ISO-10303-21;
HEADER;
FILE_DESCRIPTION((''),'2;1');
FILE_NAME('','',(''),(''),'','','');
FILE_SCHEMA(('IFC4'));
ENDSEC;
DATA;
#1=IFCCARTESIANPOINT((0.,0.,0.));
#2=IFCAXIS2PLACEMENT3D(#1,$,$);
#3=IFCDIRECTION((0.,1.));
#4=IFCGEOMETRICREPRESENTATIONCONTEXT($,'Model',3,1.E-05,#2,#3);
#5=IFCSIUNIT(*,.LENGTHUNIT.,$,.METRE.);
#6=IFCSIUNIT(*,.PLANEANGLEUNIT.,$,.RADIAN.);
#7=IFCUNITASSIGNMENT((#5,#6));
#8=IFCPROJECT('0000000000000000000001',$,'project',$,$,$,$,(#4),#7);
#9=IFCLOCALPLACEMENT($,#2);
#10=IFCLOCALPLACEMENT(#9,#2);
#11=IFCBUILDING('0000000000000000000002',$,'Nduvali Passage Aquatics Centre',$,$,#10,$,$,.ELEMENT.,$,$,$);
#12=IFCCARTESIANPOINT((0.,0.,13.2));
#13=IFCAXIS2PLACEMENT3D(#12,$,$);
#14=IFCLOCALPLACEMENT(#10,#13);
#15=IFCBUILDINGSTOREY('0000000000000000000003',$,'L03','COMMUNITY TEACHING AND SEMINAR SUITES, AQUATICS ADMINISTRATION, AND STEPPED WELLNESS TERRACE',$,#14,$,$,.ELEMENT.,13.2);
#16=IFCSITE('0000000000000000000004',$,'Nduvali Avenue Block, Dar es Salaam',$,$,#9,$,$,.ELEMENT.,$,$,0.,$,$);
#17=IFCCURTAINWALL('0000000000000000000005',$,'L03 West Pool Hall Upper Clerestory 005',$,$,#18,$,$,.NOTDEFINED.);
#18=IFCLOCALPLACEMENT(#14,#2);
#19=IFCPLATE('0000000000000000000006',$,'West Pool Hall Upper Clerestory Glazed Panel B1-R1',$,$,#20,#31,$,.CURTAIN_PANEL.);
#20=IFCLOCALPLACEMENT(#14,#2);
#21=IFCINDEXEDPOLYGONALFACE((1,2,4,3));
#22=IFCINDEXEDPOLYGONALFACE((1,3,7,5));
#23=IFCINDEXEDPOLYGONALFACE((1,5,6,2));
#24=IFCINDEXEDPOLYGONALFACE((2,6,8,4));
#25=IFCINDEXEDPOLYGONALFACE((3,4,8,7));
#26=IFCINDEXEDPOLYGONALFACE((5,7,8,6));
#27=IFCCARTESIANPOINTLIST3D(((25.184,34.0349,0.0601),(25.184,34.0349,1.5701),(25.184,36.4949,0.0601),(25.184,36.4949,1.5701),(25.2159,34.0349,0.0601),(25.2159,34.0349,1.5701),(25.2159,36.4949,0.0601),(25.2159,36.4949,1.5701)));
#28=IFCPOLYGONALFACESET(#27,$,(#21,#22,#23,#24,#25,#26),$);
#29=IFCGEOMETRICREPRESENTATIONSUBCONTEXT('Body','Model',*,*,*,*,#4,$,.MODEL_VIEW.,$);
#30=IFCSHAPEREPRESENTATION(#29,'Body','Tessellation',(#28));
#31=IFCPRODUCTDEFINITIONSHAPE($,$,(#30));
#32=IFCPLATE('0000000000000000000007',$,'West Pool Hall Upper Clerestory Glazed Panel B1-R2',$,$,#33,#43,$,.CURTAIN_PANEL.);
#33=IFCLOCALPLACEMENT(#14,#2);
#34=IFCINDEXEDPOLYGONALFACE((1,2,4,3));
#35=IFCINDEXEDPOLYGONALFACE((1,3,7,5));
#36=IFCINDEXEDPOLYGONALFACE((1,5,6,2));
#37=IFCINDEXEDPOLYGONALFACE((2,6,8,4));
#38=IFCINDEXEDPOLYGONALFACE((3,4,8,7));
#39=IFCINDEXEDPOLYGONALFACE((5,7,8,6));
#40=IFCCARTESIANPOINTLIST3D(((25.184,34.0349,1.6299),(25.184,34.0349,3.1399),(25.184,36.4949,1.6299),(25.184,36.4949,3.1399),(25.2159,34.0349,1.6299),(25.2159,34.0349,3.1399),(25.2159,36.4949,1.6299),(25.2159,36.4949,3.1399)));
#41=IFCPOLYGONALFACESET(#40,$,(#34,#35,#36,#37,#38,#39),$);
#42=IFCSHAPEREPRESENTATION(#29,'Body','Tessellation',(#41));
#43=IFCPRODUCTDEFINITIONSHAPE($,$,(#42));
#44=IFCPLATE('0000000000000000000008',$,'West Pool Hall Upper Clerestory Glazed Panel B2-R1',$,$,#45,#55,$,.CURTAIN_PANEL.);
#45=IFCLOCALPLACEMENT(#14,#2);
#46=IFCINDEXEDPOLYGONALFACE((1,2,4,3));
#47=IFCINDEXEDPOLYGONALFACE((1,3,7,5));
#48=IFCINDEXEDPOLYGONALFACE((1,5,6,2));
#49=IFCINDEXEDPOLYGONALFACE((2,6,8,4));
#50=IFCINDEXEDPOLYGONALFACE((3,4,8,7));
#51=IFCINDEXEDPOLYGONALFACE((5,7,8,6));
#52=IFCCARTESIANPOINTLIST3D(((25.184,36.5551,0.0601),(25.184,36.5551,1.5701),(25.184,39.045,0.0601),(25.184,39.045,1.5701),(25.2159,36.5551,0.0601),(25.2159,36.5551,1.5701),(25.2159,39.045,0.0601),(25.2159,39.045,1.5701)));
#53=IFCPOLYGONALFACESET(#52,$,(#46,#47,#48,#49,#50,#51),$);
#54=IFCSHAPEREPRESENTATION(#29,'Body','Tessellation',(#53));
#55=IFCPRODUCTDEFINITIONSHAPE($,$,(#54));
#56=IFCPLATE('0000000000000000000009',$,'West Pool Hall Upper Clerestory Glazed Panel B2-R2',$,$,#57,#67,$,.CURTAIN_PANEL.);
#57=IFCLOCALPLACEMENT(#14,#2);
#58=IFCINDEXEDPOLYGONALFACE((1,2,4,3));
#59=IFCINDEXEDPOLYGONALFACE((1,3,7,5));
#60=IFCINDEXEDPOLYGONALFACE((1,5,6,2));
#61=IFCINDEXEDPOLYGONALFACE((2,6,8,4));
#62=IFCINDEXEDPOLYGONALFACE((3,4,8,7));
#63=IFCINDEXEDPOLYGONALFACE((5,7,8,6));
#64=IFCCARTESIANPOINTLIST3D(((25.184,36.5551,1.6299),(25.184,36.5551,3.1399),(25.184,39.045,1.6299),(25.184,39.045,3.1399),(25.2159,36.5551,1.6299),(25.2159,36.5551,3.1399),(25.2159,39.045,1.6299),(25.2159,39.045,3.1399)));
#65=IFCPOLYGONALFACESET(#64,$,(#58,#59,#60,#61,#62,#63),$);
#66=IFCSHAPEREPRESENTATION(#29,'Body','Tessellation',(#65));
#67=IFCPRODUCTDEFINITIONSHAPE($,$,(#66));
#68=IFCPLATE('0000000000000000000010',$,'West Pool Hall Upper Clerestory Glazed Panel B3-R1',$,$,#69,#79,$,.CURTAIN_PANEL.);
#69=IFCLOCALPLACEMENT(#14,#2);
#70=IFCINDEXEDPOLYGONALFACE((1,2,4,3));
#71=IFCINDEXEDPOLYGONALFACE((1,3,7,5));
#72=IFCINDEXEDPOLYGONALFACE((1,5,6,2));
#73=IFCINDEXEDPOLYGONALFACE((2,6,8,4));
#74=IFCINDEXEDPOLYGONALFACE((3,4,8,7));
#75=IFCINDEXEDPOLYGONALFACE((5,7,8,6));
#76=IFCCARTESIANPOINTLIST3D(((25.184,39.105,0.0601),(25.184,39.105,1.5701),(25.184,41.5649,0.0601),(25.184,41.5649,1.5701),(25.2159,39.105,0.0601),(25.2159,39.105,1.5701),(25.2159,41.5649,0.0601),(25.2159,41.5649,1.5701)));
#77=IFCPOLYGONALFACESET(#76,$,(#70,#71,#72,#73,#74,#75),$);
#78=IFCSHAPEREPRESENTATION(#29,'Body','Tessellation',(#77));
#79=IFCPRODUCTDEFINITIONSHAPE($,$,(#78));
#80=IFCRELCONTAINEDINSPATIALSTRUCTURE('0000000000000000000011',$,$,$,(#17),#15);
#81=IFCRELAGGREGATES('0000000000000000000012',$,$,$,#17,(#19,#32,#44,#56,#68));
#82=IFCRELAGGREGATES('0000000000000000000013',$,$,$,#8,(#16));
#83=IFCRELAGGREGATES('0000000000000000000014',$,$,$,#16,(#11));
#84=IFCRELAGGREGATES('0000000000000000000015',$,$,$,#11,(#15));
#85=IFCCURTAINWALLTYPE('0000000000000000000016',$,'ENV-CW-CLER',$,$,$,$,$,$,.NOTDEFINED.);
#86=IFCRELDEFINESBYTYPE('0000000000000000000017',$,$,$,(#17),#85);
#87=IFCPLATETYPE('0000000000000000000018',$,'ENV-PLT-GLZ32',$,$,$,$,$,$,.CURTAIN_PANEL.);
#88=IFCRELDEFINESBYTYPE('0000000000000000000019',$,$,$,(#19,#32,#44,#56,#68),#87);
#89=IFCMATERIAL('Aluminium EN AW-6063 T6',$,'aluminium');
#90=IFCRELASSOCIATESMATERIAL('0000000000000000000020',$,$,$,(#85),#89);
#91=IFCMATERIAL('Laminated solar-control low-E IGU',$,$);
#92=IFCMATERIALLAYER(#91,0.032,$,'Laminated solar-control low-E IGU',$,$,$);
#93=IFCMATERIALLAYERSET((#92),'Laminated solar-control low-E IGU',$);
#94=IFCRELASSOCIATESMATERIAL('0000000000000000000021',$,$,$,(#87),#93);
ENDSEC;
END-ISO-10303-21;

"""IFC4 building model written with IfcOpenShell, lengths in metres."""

from ifc_helpers import new_model, si_unit, direction, frame, origin, origin_2d, place, context, subcontext, project, spatial, rectangle, extrude, material, layer, layer_set, type_object, element, aggregate, save


model = new_model("IFC4")

# Units and contexts
model_context = context("Model", 3, precision=1e-05, world=origin(), true_north=direction((0.0, 1.0)))
body_context = subcontext(model_context, "Body", "Model", "MODEL_VIEW")
ifc_project = project(units=[si_unit("LENGTHUNIT", "METRE"), si_unit("PLANEANGLEUNIT", "RADIAN")], contexts=[model_context])

# Site, building, storey
site_placement = place(None, origin())
site = spatial("IfcSite", under=ifc_project, at=site_placement, Name="Nduvali Avenue Block, Dar es Salaam", CompositionType="ELEMENT", RefElevation=0.0)
building_placement = place(site_placement, origin())
building = spatial("IfcBuilding", under=site, at=building_placement, Name="Nduvali Passage Aquatics Centre", CompositionType="ELEMENT")
storey_placement = place(building_placement, frame((0.0, 0.0, 13.2)))
storey = spatial("IfcBuildingStorey", under=building, at=storey_placement, Name="L03", Description="COMMUNITY TEACHING AND SEMINAR SUITES, AQUATICS ADMINISTRATION, AND STEPPED WELLNESS TERRACE", CompositionType="ELEMENT", Elevation=13.2)

# Curtain wall
ifc_material_1 = material(Name="Aluminium EN AW-6063 T6", Category="aluminium")
curtain_wall_type = type_object("IfcCurtainWallType", Name="ENV-CW-CLER", PredefinedType="NOTDEFINED", material=ifc_material_1)
curtain_wall_1_placement = place(storey_placement, origin())
curtain_wall_1 = element("IfcCurtainWall", 1, at=curtain_wall_1_placement, inside=storey, type_object=curtain_wall_type, Name="L03 West Pool Hall Upper Clerestory 005", PredefinedType="NOTDEFINED")

# Plates
ifc_material_2 = material(Name="Laminated solar-control low-E IGU")
ifc_layer = layer(ifc_material_2, 0.032, Name="Laminated solar-control low-E IGU")
ifc_layer_set = layer_set([ifc_layer], Name="Laminated solar-control low-E IGU")
plate_type = type_object("IfcPlateType", Name="ENV-PLT-GLZ32", PredefinedType="CURTAIN_PANEL", material=ifc_layer_set)
plate_1_placement = place(storey_placement, frame((25.2, 35.2649, 0.0601), z_axis=(0.0, 0.0, 1.0), x_axis=(0.0, 1.0, 0.0)))
plate_1 = element("IfcPlate", 2, at=plate_1_placement, type_object=plate_type, Name="West Pool Hall Upper Clerestory Glazed Panel B1-R1", PredefinedType="CURTAIN_PANEL", context=body_context, shape_type="SweptSolid", body=[
    extrude(rectangle(XDim=2.46, YDim=0.032, at=origin_2d()), origin(), (0.0, 0.0, 1.0), 1.51),
])
plate_2_placement = place(storey_placement, frame((25.2, 35.2649, 1.6299), z_axis=(0.0, 0.0, 1.0), x_axis=(0.0, 1.0, 0.0)))
plate_2 = element("IfcPlate", 3, at=plate_2_placement, type_object=plate_type, Name="West Pool Hall Upper Clerestory Glazed Panel B1-R2", PredefinedType="CURTAIN_PANEL", context=body_context, shape_type="SweptSolid", body=[
    extrude(rectangle(XDim=2.46, YDim=0.032, at=origin_2d()), origin(), (0.0, 0.0, 1.0), 1.51),
])
plate_3_placement = place(storey_placement, frame((25.2, 37.8, 0.0601), z_axis=(0.0, 0.0, 1.0), x_axis=(0.0, 1.0, 0.0)))
plate_3 = element("IfcPlate", 4, at=plate_3_placement, type_object=plate_type, Name="West Pool Hall Upper Clerestory Glazed Panel B2-R1", PredefinedType="CURTAIN_PANEL", context=body_context, shape_type="SweptSolid", body=[
    extrude(rectangle(XDim=2.49, YDim=0.032, at=origin_2d()), origin(), (0.0, 0.0, 1.0), 1.51),
])
plate_4_placement = place(storey_placement, frame((25.2, 37.8, 1.6299), z_axis=(0.0, 0.0, 1.0), x_axis=(0.0, 1.0, 0.0)))
plate_4 = element("IfcPlate", 5, at=plate_4_placement, type_object=plate_type, Name="West Pool Hall Upper Clerestory Glazed Panel B2-R2", PredefinedType="CURTAIN_PANEL", context=body_context, shape_type="SweptSolid", body=[
    extrude(rectangle(XDim=2.49, YDim=0.032, at=origin_2d()), origin(), (0.0, 0.0, 1.0), 1.51),
])
plate_5_placement = place(storey_placement, frame((25.2, 40.335, 0.0601), z_axis=(0.0, 0.0, 1.0), x_axis=(0.0, 1.0, 0.0)))
plate_5 = element("IfcPlate", 6, at=plate_5_placement, type_object=plate_type, Name="West Pool Hall Upper Clerestory Glazed Panel B3-R1", PredefinedType="CURTAIN_PANEL", context=body_context, shape_type="SweptSolid", body=[
    extrude(rectangle(XDim=2.46, YDim=0.032, at=origin_2d()), origin(), (0.0, 0.0, 1.0), 1.51),
])
aggregate(curtain_wall_1, [plate_1, plate_2, plate_3, plate_4, plate_5])

save(model, "model.ifc")
